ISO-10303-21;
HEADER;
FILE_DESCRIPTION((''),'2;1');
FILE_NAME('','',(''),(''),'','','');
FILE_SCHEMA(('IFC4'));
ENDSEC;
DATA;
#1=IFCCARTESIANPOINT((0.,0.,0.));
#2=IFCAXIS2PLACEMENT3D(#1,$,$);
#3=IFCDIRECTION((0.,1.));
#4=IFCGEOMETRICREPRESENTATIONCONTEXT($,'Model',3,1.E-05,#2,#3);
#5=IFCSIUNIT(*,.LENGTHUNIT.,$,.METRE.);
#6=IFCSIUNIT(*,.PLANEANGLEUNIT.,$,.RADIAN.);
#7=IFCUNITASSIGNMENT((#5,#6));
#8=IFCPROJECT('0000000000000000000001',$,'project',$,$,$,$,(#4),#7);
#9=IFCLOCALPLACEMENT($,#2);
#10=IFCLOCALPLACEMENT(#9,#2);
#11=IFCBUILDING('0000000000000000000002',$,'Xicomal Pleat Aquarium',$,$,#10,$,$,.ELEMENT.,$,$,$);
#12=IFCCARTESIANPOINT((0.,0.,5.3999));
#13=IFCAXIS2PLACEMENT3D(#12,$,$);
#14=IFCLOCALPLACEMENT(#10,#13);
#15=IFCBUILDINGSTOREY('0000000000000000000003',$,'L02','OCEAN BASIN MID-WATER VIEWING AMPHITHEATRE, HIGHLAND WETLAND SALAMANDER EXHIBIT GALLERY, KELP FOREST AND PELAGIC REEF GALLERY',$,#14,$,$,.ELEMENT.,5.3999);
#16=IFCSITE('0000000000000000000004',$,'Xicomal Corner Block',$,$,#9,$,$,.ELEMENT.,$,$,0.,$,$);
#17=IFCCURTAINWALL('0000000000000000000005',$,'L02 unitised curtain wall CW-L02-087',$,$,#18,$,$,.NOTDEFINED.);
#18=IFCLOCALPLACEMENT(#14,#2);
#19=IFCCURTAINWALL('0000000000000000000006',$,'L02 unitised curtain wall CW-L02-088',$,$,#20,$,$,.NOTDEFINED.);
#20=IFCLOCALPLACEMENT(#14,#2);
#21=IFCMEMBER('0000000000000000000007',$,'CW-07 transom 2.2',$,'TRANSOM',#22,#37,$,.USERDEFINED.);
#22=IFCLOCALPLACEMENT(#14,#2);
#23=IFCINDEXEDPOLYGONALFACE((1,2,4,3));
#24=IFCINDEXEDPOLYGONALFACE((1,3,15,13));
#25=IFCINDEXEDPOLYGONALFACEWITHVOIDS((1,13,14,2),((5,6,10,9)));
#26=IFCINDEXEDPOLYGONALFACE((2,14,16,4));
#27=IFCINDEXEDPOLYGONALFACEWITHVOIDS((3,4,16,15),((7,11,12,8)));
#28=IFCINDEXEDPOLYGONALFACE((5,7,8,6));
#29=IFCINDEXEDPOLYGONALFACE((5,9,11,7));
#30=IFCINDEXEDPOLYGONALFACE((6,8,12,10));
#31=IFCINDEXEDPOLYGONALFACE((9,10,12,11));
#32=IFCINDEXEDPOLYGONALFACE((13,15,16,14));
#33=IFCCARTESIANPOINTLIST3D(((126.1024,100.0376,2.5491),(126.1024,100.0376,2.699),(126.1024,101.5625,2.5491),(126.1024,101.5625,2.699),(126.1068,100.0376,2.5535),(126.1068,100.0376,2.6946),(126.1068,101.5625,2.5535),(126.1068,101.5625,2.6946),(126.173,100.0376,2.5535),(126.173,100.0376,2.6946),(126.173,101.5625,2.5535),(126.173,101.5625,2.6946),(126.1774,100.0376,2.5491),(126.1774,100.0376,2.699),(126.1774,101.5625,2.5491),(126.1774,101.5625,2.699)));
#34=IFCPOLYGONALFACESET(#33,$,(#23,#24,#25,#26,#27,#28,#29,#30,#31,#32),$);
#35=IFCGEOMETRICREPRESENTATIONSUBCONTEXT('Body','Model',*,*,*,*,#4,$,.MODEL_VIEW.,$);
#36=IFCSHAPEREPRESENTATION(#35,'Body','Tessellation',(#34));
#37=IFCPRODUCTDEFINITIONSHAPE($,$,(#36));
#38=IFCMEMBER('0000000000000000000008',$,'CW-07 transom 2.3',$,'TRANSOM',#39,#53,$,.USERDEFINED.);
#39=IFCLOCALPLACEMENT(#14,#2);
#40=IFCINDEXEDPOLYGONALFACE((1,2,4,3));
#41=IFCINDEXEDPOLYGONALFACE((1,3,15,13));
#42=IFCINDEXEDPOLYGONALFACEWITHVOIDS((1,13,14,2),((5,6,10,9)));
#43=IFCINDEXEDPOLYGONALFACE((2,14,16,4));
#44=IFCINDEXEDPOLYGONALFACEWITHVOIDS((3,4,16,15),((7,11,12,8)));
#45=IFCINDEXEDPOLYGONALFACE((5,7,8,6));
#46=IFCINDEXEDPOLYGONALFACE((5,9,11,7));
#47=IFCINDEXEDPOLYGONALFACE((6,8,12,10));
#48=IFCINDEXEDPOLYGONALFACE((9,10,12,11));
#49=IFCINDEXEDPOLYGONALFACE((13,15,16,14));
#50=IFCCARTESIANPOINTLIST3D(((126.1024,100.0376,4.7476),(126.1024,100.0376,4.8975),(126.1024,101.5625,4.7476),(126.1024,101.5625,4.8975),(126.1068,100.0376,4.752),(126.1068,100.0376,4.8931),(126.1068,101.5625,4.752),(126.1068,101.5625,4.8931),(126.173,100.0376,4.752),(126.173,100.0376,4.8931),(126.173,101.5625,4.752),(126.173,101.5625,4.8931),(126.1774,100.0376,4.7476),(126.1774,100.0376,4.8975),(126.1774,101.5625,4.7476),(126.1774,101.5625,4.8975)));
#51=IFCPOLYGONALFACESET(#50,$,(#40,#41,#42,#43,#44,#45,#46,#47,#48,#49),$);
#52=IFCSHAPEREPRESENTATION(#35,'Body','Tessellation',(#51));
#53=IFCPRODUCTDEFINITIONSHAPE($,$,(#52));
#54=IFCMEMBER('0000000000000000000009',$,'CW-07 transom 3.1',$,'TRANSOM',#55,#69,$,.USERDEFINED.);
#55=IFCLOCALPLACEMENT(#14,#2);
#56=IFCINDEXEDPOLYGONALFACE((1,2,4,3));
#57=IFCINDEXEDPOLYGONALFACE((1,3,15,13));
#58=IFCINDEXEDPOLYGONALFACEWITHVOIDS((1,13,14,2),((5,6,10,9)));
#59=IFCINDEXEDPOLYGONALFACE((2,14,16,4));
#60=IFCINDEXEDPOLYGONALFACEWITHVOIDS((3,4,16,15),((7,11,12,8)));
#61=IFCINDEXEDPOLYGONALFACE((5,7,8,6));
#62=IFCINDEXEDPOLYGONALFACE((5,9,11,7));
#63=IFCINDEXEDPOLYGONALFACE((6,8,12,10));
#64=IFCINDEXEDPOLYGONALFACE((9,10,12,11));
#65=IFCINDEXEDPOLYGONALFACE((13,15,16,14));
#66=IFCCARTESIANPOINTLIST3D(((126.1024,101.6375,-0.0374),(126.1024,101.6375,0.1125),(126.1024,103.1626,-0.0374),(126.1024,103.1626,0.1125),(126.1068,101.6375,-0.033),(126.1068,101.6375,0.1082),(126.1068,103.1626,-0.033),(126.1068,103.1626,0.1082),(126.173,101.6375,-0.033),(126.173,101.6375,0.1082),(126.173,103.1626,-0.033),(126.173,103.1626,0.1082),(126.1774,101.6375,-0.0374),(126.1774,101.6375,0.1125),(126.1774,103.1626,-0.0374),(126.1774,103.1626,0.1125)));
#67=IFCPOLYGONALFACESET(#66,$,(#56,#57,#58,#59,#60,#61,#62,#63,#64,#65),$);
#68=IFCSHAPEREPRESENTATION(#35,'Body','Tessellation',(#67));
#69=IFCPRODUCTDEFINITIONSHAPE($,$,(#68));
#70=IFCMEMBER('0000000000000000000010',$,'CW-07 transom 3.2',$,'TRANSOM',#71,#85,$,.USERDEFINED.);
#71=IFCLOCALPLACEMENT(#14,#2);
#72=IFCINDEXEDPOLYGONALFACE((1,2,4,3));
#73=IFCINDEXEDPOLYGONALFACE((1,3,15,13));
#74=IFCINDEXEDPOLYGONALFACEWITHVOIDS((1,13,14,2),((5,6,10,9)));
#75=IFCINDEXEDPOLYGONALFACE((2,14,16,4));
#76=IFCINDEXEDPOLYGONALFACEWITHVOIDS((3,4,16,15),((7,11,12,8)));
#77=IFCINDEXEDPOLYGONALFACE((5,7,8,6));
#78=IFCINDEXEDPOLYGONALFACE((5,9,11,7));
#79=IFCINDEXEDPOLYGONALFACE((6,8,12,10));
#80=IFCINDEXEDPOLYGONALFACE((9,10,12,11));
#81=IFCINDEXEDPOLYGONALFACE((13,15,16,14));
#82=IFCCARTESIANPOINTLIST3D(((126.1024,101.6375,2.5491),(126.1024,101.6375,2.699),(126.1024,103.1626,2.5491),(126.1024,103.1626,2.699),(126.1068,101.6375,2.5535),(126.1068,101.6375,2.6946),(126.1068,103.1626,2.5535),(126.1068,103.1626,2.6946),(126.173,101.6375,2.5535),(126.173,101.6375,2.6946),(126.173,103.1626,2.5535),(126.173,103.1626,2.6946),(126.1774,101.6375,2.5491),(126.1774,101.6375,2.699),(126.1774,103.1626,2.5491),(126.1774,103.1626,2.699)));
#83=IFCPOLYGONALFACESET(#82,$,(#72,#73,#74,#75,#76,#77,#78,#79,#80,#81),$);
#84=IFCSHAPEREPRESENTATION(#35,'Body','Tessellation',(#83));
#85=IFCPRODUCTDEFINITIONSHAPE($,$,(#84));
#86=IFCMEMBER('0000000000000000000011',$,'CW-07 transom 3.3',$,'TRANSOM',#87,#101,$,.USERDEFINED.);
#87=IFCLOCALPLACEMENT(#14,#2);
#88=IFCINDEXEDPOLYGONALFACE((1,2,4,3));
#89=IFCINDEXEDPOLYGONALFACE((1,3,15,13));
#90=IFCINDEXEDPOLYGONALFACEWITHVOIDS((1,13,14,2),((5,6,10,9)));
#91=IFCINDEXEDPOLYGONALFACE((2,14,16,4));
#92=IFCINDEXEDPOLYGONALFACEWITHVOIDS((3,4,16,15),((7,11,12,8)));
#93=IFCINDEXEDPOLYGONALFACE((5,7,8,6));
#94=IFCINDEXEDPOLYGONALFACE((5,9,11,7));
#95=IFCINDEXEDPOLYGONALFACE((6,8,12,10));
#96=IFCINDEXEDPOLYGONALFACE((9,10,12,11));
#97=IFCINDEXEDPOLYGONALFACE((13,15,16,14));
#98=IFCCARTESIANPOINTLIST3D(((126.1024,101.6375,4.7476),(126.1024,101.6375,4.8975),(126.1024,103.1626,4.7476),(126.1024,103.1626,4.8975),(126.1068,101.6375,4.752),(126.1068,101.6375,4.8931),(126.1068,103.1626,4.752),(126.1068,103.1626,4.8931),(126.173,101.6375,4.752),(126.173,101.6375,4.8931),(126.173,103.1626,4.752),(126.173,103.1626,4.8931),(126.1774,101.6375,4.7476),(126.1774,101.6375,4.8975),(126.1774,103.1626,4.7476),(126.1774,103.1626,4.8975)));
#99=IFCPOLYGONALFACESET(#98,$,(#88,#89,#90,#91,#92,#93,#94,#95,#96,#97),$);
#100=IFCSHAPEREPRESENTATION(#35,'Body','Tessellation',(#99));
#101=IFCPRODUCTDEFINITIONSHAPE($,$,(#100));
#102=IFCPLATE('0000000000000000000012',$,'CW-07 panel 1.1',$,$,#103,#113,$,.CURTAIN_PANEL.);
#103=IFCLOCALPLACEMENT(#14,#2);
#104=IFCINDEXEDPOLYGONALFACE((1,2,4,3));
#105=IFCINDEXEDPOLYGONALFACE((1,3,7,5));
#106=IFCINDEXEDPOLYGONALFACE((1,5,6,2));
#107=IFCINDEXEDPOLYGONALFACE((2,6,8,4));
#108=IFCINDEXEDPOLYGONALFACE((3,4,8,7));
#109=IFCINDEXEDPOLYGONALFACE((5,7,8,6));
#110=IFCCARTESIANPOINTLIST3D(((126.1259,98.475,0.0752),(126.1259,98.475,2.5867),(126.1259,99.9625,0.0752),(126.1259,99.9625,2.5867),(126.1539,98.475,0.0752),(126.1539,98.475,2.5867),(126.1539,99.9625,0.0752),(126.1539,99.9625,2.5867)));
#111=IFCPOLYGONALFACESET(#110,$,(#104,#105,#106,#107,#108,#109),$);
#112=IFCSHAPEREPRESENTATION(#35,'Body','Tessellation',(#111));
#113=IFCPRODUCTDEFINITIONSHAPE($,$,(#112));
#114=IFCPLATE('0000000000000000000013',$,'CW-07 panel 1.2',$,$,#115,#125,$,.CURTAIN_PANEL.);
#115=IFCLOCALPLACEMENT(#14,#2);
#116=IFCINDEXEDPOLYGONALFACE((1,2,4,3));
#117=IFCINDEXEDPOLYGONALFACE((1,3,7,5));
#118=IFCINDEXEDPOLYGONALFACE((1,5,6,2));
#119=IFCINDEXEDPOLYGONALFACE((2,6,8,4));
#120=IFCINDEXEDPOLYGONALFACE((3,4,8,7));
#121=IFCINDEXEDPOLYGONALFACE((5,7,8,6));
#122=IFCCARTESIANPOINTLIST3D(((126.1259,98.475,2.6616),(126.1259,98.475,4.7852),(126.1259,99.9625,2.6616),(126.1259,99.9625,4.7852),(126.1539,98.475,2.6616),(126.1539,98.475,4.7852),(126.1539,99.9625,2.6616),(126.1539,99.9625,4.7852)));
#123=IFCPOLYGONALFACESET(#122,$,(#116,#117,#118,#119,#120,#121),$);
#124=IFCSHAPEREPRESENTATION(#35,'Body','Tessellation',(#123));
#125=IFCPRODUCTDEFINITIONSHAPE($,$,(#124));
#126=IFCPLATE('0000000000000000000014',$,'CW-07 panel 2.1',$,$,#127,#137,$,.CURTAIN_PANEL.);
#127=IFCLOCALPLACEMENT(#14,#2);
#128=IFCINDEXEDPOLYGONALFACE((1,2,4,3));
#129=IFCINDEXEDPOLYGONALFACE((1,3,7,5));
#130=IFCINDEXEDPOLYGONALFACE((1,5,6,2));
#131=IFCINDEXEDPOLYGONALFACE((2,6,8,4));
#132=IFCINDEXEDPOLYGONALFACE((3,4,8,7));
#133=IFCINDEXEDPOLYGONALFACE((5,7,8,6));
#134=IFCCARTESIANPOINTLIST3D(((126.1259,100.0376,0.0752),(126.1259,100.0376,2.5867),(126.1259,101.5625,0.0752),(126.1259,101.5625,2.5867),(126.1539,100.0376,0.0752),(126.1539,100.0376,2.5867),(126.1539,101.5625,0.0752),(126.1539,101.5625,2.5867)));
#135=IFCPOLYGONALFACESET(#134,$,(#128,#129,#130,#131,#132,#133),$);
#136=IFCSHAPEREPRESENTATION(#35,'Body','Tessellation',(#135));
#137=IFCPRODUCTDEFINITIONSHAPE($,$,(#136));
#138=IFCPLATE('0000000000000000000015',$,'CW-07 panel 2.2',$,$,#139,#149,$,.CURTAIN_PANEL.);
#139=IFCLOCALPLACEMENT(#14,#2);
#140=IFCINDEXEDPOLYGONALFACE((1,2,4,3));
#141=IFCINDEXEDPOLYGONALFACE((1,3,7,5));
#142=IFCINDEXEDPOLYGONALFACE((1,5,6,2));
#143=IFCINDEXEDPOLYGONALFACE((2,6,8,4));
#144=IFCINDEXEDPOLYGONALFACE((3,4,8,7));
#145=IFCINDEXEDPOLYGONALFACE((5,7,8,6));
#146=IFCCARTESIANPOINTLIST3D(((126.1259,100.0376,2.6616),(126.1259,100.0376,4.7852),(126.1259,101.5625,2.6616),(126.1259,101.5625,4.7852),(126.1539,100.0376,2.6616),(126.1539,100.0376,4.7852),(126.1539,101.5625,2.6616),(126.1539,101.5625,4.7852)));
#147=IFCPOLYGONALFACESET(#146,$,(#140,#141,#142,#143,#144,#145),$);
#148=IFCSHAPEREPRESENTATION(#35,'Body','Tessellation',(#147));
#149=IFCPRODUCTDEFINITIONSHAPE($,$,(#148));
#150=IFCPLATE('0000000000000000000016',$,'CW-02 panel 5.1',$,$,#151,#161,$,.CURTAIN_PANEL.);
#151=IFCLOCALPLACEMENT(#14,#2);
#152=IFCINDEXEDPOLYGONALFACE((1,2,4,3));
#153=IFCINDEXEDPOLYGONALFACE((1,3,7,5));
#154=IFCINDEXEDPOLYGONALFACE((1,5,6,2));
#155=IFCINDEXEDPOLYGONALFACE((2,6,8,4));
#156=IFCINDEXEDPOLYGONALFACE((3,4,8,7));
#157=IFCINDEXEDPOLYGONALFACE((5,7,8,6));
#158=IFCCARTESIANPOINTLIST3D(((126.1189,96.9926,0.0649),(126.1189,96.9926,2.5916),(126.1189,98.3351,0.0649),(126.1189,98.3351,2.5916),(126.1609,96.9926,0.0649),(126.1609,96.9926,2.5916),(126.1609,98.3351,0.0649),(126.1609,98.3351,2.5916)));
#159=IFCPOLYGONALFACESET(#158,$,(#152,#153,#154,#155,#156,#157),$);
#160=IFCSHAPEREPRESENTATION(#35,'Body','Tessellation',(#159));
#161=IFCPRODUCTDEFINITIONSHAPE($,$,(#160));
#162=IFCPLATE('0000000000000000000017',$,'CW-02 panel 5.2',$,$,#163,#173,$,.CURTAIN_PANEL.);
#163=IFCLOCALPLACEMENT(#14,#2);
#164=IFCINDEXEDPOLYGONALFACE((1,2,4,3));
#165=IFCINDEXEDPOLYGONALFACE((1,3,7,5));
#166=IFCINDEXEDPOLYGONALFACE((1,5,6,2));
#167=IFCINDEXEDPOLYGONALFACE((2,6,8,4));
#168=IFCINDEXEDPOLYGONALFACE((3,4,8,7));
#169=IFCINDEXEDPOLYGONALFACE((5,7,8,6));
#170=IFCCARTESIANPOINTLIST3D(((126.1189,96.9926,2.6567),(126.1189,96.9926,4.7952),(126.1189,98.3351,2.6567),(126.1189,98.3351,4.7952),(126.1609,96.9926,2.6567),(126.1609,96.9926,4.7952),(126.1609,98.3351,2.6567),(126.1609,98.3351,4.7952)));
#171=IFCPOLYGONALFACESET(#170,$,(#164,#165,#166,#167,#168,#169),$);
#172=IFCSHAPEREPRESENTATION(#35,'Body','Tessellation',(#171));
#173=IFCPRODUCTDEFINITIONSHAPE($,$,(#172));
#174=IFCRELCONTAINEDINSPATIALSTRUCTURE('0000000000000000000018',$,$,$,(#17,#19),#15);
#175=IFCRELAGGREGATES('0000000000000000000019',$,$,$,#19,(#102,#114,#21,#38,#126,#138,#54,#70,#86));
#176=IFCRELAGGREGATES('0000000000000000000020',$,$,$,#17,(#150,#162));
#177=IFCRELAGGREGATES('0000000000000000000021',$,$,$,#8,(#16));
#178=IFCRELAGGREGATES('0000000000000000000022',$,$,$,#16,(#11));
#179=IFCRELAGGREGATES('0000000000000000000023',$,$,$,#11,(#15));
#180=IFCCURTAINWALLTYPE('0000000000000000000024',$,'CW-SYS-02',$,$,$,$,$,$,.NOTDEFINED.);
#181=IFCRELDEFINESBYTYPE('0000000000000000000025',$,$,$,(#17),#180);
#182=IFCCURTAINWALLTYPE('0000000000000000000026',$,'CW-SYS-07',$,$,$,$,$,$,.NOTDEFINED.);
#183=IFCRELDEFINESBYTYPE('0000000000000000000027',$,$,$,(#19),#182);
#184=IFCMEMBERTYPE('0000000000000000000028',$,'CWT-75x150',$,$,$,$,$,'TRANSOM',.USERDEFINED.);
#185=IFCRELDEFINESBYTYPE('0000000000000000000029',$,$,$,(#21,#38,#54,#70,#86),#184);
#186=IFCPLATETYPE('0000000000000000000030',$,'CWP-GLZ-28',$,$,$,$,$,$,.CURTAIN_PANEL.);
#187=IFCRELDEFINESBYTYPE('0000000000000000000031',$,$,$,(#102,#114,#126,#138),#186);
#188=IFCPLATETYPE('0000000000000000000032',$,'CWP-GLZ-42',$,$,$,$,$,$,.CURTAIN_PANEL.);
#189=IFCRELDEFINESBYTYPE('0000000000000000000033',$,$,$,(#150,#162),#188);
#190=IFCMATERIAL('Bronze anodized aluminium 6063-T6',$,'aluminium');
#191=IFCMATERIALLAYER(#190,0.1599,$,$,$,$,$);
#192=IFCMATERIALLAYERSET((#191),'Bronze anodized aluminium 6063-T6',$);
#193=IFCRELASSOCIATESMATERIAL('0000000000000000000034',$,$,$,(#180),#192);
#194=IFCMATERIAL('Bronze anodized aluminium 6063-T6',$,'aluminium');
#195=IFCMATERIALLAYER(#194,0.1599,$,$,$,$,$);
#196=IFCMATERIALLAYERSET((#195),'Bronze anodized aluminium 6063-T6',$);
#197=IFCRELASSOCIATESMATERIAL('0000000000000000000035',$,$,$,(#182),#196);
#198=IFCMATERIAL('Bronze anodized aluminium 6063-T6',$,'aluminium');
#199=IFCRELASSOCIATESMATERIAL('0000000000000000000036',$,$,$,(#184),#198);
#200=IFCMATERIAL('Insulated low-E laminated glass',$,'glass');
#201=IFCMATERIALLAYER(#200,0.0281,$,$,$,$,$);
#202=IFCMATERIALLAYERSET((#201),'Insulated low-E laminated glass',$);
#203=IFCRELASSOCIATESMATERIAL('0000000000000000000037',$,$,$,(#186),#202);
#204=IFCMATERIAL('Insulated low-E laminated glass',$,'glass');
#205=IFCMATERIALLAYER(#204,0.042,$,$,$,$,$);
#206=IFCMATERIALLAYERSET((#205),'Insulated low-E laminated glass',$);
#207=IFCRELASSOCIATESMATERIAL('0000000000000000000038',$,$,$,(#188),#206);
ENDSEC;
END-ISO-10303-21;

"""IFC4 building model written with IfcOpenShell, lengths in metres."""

from ifc_helpers import new_model, si_unit, direction, frame, origin, origin_2d, place, context, subcontext, project, spatial, rectangle, hollow_rectangle, extrude, material, layer, layer_set, material_profile, profile_set, type_object, element, aggregate, save


model = new_model("IFC4")

# Units and contexts
model_context = context("Model", 3, precision=1e-05, world=origin(), true_north=direction((0.0, 1.0)))
body_context = subcontext(model_context, "Body", "Model", "MODEL_VIEW")
ifc_project = project(units=[si_unit("LENGTHUNIT", "METRE"), si_unit("PLANEANGLEUNIT", "RADIAN")], contexts=[model_context])

# Site, building, storey
site_placement = place(None, origin())
site = spatial("IfcSite", under=ifc_project, at=site_placement, Name="Xicomal Corner Block", CompositionType="ELEMENT", RefElevation=0.0)
building_placement = place(site_placement, origin())
building = spatial("IfcBuilding", under=site, at=building_placement, Name="Xicomal Pleat Aquarium", CompositionType="ELEMENT")
storey_placement = place(building_placement, frame((0.0, 0.0, 5.3999)))
storey = spatial("IfcBuildingStorey", under=building, at=storey_placement, Name="L02", Description="OCEAN BASIN MID-WATER VIEWING AMPHITHEATRE, HIGHLAND WETLAND SALAMANDER EXHIBIT GALLERY, KELP FOREST AND PELAGIC REEF GALLERY", CompositionType="ELEMENT", Elevation=5.3999)

# Curtain wall
ifc_material_1 = material(Name="Bronze anodized aluminium 6063-T6", Category="aluminium")
ifc_layer_1 = layer(ifc_material_1, 0.1599)
ifc_layer_set_1 = layer_set([ifc_layer_1], Name="Bronze anodized aluminium 6063-T6")
curtain_wall_type_1 = type_object("IfcCurtainWallType", Name="CW-SYS-02", PredefinedType="NOTDEFINED", material=ifc_layer_set_1)
curtain_wall_1_placement = place(storey_placement, origin())
curtain_wall_1 = element("IfcCurtainWall", 1, at=curtain_wall_1_placement, inside=storey, type_object=curtain_wall_type_1, Name="L02 unitised curtain wall CW-L02-087", PredefinedType="NOTDEFINED")

# Curtain wall
ifc_material_2 = material(Name="Bronze anodized aluminium 6063-T6", Category="aluminium")
ifc_layer_2 = layer(ifc_material_2, 0.1599)
ifc_layer_set_2 = layer_set([ifc_layer_2], Name="Bronze anodized aluminium 6063-T6")
curtain_wall_type_2 = type_object("IfcCurtainWallType", Name="CW-SYS-07", PredefinedType="NOTDEFINED", material=ifc_layer_set_2)
curtain_wall_2_placement = place(storey_placement, origin())
curtain_wall_2 = element("IfcCurtainWall", 2, at=curtain_wall_2_placement, inside=storey, type_object=curtain_wall_type_2, Name="L02 unitised curtain wall CW-L02-088", PredefinedType="NOTDEFINED")

# Members
ifc_material_3 = material(Name="Bronze anodized aluminium 6063-T6", Category="aluminium")
ifc_material_profile_1 = material_profile(ifc_material_3, hollow_rectangle(XDim=0.075, YDim=0.1499, WallThickness=0.0044, at=origin_2d()), Name="ALU TRAN 75x150")
ifc_profile_set_1 = profile_set([ifc_material_profile_1], Name="Bronze anodized aluminium 6063-T6")
member_type_1 = type_object("IfcMemberType", Name="CWT-75x150", ElementType="TRANSOM", PredefinedType="USERDEFINED", material=ifc_profile_set_1)
member_1_placement = place(storey_placement, frame((126.1399, 100.0376, 2.624), z_axis=(0.0, 1.0, 0.0), x_axis=(-1.0, 0.0, 0.0)))
member_1 = element("IfcMember", 3, at=member_1_placement, type_object=member_type_1, Name="CW-07 transom 2.2", ObjectType="TRANSOM", PredefinedType="USERDEFINED", context=body_context, shape_type="SweptSolid", body=[
    extrude(hollow_rectangle(XDim=0.075, YDim=0.1499, WallThickness=0.0044, at=origin_2d()), origin(), (0.0, 0.0, 1.0), 1.5249),
])
member_2_placement = place(storey_placement, frame((126.1399, 100.0376, 4.8225), z_axis=(0.0, 1.0, 0.0), x_axis=(-1.0, 0.0, 0.0)))
member_2 = element("IfcMember", 4, at=member_2_placement, type_object=member_type_1, Name="CW-07 transom 2.3", ObjectType="TRANSOM", PredefinedType="USERDEFINED", context=body_context, shape_type="SweptSolid", body=[
    extrude(hollow_rectangle(XDim=0.075, YDim=0.1499, WallThickness=0.0044, at=origin_2d()), origin(), (0.0, 0.0, 1.0), 1.5249),
])
member_3_placement = place(storey_placement, frame((126.1399, 101.6375, 0.0376), z_axis=(0.0, 1.0, 0.0), x_axis=(-1.0, 0.0, 0.0)))
member_3 = element("IfcMember", 5, at=member_3_placement, type_object=member_type_1, Name="CW-07 transom 3.1", ObjectType="TRANSOM", PredefinedType="USERDEFINED", context=body_context, shape_type="SweptSolid", body=[
    extrude(hollow_rectangle(XDim=0.075, YDim=0.1499, WallThickness=0.0044, at=origin_2d()), origin(), (0.0, 0.0, 1.0), 1.5251),
])
member_4_placement = place(storey_placement, frame((126.1399, 101.6375, 2.624), z_axis=(0.0, 1.0, 0.0), x_axis=(-1.0, 0.0, 0.0)))
member_4 = element("IfcMember", 6, at=member_4_placement, type_object=member_type_1, Name="CW-07 transom 3.2", ObjectType="TRANSOM", PredefinedType="USERDEFINED", context=body_context, shape_type="SweptSolid", body=[
    extrude(hollow_rectangle(XDim=0.075, YDim=0.1499, WallThickness=0.0044, at=origin_2d()), origin(), (0.0, 0.0, 1.0), 1.5251),
])
member_5_placement = place(storey_placement, frame((126.1399, 101.6375, 4.8225), z_axis=(0.0, 1.0, 0.0), x_axis=(-1.0, 0.0, 0.0)))
member_5 = element("IfcMember", 7, at=member_5_placement, type_object=member_type_1, Name="CW-07 transom 3.3", ObjectType="TRANSOM", PredefinedType="USERDEFINED", context=body_context, shape_type="SweptSolid", body=[
    extrude(hollow_rectangle(XDim=0.075, YDim=0.1499, WallThickness=0.0044, at=origin_2d()), origin(), (0.0, 0.0, 1.0), 1.5251),
])

# Plates
ifc_material_4 = material(Name="Insulated low-E laminated glass", Category="glass")
ifc_layer_3 = layer(ifc_material_4, 0.0281)
ifc_layer_set_3 = layer_set([ifc_layer_3], Name="Insulated low-E laminated glass")
plate_type_1 = type_object("IfcPlateType", Name="CWP-GLZ-28", PredefinedType="CURTAIN_PANEL", material=ifc_layer_set_3)
plate_1_placement = place(storey_placement, frame((126.1399, 99.2188, 0.0752), z_axis=(0.0, 0.0, 1.0), x_axis=(0.0, 1.0, 0.0)))
plate_1 = element("IfcPlate", 8, at=plate_1_placement, type_object=plate_type_1, Name="CW-07 panel 1.1", PredefinedType="CURTAIN_PANEL", context=body_context, shape_type="SweptSolid", body=[
    extrude(rectangle(XDim=1.4875, YDim=0.0281, at=origin_2d()), origin(), (0.0, 0.0, 1.0), 2.5115),
])
plate_2_placement = place(storey_placement, frame((126.1399, 99.2188, 2.6616), z_axis=(0.0, 0.0, 1.0), x_axis=(0.0, 1.0, 0.0)))
plate_2 = element("IfcPlate", 9, at=plate_2_placement, type_object=plate_type_1, Name="CW-07 panel 1.2", PredefinedType="CURTAIN_PANEL", context=body_context, shape_type="SweptSolid", body=[
    extrude(rectangle(XDim=1.4875, YDim=0.0281, at=origin_2d()), origin(), (0.0, 0.0, 1.0), 2.1235),
])
plate_3_placement = place(storey_placement, frame((126.1399, 100.8, 0.0752), z_axis=(0.0, 0.0, 1.0), x_axis=(0.0, 1.0, 0.0)))
plate_3 = element("IfcPlate", 10, at=plate_3_placement, type_object=plate_type_1, Name="CW-07 panel 2.1", PredefinedType="CURTAIN_PANEL", context=body_context, shape_type="SweptSolid", body=[
    extrude(rectangle(XDim=1.5249, YDim=0.0281, at=origin_2d()), origin(), (0.0, 0.0, 1.0), 2.5115),
])
plate_4_placement = place(storey_placement, frame((126.1399, 100.8, 2.6616), z_axis=(0.0, 0.0, 1.0), x_axis=(0.0, 1.0, 0.0)))
plate_4 = element("IfcPlate", 11, at=plate_4_placement, type_object=plate_type_1, Name="CW-07 panel 2.2", PredefinedType="CURTAIN_PANEL", context=body_context, shape_type="SweptSolid", body=[
    extrude(rectangle(XDim=1.5249, YDim=0.0281, at=origin_2d()), origin(), (0.0, 0.0, 1.0), 2.1235),
])
aggregate(curtain_wall_2, [plate_1, plate_2, member_1, member_2, plate_3, plate_4, member_3, member_4, member_5])
ifc_material_5 = material(Name="Insulated low-E laminated glass", Category="glass")
ifc_layer_4 = layer(ifc_material_5, 0.042)
ifc_layer_set_4 = layer_set([ifc_layer_4], Name="Insulated low-E laminated glass")
plate_type_2 = type_object("IfcPlateType", Name="CWP-GLZ-42", PredefinedType="CURTAIN_PANEL", material=ifc_layer_set_4)
plate_5_placement = place(storey_placement, frame((126.1399, 97.6638, 0.0649), z_axis=(0.0, 0.0, 1.0), x_axis=(0.0, 1.0, 0.0)))
plate_5 = element("IfcPlate", 12, at=plate_5_placement, type_object=plate_type_2, Name="CW-02 panel 5.1", PredefinedType="CURTAIN_PANEL", context=body_context, shape_type="SweptSolid", body=[
    extrude(rectangle(XDim=1.3425, YDim=0.042, at=origin_2d()), origin(), (0.0, 0.0, 1.0), 2.5266),
])
plate_6_placement = place(storey_placement, frame((126.1399, 97.6638, 2.6567), z_axis=(0.0, 0.0, 1.0), x_axis=(0.0, 1.0, 0.0)))
plate_6 = element("IfcPlate", 13, at=plate_6_placement, type_object=plate_type_2, Name="CW-02 panel 5.2", PredefinedType="CURTAIN_PANEL", context=body_context, shape_type="SweptSolid", body=[
    extrude(rectangle(XDim=1.3425, YDim=0.042, at=origin_2d()), origin(), (0.0, 0.0, 1.0), 2.1384),
])
aggregate(curtain_wall_1, [plate_5, plate_6])

save(model, "model.ifc")
